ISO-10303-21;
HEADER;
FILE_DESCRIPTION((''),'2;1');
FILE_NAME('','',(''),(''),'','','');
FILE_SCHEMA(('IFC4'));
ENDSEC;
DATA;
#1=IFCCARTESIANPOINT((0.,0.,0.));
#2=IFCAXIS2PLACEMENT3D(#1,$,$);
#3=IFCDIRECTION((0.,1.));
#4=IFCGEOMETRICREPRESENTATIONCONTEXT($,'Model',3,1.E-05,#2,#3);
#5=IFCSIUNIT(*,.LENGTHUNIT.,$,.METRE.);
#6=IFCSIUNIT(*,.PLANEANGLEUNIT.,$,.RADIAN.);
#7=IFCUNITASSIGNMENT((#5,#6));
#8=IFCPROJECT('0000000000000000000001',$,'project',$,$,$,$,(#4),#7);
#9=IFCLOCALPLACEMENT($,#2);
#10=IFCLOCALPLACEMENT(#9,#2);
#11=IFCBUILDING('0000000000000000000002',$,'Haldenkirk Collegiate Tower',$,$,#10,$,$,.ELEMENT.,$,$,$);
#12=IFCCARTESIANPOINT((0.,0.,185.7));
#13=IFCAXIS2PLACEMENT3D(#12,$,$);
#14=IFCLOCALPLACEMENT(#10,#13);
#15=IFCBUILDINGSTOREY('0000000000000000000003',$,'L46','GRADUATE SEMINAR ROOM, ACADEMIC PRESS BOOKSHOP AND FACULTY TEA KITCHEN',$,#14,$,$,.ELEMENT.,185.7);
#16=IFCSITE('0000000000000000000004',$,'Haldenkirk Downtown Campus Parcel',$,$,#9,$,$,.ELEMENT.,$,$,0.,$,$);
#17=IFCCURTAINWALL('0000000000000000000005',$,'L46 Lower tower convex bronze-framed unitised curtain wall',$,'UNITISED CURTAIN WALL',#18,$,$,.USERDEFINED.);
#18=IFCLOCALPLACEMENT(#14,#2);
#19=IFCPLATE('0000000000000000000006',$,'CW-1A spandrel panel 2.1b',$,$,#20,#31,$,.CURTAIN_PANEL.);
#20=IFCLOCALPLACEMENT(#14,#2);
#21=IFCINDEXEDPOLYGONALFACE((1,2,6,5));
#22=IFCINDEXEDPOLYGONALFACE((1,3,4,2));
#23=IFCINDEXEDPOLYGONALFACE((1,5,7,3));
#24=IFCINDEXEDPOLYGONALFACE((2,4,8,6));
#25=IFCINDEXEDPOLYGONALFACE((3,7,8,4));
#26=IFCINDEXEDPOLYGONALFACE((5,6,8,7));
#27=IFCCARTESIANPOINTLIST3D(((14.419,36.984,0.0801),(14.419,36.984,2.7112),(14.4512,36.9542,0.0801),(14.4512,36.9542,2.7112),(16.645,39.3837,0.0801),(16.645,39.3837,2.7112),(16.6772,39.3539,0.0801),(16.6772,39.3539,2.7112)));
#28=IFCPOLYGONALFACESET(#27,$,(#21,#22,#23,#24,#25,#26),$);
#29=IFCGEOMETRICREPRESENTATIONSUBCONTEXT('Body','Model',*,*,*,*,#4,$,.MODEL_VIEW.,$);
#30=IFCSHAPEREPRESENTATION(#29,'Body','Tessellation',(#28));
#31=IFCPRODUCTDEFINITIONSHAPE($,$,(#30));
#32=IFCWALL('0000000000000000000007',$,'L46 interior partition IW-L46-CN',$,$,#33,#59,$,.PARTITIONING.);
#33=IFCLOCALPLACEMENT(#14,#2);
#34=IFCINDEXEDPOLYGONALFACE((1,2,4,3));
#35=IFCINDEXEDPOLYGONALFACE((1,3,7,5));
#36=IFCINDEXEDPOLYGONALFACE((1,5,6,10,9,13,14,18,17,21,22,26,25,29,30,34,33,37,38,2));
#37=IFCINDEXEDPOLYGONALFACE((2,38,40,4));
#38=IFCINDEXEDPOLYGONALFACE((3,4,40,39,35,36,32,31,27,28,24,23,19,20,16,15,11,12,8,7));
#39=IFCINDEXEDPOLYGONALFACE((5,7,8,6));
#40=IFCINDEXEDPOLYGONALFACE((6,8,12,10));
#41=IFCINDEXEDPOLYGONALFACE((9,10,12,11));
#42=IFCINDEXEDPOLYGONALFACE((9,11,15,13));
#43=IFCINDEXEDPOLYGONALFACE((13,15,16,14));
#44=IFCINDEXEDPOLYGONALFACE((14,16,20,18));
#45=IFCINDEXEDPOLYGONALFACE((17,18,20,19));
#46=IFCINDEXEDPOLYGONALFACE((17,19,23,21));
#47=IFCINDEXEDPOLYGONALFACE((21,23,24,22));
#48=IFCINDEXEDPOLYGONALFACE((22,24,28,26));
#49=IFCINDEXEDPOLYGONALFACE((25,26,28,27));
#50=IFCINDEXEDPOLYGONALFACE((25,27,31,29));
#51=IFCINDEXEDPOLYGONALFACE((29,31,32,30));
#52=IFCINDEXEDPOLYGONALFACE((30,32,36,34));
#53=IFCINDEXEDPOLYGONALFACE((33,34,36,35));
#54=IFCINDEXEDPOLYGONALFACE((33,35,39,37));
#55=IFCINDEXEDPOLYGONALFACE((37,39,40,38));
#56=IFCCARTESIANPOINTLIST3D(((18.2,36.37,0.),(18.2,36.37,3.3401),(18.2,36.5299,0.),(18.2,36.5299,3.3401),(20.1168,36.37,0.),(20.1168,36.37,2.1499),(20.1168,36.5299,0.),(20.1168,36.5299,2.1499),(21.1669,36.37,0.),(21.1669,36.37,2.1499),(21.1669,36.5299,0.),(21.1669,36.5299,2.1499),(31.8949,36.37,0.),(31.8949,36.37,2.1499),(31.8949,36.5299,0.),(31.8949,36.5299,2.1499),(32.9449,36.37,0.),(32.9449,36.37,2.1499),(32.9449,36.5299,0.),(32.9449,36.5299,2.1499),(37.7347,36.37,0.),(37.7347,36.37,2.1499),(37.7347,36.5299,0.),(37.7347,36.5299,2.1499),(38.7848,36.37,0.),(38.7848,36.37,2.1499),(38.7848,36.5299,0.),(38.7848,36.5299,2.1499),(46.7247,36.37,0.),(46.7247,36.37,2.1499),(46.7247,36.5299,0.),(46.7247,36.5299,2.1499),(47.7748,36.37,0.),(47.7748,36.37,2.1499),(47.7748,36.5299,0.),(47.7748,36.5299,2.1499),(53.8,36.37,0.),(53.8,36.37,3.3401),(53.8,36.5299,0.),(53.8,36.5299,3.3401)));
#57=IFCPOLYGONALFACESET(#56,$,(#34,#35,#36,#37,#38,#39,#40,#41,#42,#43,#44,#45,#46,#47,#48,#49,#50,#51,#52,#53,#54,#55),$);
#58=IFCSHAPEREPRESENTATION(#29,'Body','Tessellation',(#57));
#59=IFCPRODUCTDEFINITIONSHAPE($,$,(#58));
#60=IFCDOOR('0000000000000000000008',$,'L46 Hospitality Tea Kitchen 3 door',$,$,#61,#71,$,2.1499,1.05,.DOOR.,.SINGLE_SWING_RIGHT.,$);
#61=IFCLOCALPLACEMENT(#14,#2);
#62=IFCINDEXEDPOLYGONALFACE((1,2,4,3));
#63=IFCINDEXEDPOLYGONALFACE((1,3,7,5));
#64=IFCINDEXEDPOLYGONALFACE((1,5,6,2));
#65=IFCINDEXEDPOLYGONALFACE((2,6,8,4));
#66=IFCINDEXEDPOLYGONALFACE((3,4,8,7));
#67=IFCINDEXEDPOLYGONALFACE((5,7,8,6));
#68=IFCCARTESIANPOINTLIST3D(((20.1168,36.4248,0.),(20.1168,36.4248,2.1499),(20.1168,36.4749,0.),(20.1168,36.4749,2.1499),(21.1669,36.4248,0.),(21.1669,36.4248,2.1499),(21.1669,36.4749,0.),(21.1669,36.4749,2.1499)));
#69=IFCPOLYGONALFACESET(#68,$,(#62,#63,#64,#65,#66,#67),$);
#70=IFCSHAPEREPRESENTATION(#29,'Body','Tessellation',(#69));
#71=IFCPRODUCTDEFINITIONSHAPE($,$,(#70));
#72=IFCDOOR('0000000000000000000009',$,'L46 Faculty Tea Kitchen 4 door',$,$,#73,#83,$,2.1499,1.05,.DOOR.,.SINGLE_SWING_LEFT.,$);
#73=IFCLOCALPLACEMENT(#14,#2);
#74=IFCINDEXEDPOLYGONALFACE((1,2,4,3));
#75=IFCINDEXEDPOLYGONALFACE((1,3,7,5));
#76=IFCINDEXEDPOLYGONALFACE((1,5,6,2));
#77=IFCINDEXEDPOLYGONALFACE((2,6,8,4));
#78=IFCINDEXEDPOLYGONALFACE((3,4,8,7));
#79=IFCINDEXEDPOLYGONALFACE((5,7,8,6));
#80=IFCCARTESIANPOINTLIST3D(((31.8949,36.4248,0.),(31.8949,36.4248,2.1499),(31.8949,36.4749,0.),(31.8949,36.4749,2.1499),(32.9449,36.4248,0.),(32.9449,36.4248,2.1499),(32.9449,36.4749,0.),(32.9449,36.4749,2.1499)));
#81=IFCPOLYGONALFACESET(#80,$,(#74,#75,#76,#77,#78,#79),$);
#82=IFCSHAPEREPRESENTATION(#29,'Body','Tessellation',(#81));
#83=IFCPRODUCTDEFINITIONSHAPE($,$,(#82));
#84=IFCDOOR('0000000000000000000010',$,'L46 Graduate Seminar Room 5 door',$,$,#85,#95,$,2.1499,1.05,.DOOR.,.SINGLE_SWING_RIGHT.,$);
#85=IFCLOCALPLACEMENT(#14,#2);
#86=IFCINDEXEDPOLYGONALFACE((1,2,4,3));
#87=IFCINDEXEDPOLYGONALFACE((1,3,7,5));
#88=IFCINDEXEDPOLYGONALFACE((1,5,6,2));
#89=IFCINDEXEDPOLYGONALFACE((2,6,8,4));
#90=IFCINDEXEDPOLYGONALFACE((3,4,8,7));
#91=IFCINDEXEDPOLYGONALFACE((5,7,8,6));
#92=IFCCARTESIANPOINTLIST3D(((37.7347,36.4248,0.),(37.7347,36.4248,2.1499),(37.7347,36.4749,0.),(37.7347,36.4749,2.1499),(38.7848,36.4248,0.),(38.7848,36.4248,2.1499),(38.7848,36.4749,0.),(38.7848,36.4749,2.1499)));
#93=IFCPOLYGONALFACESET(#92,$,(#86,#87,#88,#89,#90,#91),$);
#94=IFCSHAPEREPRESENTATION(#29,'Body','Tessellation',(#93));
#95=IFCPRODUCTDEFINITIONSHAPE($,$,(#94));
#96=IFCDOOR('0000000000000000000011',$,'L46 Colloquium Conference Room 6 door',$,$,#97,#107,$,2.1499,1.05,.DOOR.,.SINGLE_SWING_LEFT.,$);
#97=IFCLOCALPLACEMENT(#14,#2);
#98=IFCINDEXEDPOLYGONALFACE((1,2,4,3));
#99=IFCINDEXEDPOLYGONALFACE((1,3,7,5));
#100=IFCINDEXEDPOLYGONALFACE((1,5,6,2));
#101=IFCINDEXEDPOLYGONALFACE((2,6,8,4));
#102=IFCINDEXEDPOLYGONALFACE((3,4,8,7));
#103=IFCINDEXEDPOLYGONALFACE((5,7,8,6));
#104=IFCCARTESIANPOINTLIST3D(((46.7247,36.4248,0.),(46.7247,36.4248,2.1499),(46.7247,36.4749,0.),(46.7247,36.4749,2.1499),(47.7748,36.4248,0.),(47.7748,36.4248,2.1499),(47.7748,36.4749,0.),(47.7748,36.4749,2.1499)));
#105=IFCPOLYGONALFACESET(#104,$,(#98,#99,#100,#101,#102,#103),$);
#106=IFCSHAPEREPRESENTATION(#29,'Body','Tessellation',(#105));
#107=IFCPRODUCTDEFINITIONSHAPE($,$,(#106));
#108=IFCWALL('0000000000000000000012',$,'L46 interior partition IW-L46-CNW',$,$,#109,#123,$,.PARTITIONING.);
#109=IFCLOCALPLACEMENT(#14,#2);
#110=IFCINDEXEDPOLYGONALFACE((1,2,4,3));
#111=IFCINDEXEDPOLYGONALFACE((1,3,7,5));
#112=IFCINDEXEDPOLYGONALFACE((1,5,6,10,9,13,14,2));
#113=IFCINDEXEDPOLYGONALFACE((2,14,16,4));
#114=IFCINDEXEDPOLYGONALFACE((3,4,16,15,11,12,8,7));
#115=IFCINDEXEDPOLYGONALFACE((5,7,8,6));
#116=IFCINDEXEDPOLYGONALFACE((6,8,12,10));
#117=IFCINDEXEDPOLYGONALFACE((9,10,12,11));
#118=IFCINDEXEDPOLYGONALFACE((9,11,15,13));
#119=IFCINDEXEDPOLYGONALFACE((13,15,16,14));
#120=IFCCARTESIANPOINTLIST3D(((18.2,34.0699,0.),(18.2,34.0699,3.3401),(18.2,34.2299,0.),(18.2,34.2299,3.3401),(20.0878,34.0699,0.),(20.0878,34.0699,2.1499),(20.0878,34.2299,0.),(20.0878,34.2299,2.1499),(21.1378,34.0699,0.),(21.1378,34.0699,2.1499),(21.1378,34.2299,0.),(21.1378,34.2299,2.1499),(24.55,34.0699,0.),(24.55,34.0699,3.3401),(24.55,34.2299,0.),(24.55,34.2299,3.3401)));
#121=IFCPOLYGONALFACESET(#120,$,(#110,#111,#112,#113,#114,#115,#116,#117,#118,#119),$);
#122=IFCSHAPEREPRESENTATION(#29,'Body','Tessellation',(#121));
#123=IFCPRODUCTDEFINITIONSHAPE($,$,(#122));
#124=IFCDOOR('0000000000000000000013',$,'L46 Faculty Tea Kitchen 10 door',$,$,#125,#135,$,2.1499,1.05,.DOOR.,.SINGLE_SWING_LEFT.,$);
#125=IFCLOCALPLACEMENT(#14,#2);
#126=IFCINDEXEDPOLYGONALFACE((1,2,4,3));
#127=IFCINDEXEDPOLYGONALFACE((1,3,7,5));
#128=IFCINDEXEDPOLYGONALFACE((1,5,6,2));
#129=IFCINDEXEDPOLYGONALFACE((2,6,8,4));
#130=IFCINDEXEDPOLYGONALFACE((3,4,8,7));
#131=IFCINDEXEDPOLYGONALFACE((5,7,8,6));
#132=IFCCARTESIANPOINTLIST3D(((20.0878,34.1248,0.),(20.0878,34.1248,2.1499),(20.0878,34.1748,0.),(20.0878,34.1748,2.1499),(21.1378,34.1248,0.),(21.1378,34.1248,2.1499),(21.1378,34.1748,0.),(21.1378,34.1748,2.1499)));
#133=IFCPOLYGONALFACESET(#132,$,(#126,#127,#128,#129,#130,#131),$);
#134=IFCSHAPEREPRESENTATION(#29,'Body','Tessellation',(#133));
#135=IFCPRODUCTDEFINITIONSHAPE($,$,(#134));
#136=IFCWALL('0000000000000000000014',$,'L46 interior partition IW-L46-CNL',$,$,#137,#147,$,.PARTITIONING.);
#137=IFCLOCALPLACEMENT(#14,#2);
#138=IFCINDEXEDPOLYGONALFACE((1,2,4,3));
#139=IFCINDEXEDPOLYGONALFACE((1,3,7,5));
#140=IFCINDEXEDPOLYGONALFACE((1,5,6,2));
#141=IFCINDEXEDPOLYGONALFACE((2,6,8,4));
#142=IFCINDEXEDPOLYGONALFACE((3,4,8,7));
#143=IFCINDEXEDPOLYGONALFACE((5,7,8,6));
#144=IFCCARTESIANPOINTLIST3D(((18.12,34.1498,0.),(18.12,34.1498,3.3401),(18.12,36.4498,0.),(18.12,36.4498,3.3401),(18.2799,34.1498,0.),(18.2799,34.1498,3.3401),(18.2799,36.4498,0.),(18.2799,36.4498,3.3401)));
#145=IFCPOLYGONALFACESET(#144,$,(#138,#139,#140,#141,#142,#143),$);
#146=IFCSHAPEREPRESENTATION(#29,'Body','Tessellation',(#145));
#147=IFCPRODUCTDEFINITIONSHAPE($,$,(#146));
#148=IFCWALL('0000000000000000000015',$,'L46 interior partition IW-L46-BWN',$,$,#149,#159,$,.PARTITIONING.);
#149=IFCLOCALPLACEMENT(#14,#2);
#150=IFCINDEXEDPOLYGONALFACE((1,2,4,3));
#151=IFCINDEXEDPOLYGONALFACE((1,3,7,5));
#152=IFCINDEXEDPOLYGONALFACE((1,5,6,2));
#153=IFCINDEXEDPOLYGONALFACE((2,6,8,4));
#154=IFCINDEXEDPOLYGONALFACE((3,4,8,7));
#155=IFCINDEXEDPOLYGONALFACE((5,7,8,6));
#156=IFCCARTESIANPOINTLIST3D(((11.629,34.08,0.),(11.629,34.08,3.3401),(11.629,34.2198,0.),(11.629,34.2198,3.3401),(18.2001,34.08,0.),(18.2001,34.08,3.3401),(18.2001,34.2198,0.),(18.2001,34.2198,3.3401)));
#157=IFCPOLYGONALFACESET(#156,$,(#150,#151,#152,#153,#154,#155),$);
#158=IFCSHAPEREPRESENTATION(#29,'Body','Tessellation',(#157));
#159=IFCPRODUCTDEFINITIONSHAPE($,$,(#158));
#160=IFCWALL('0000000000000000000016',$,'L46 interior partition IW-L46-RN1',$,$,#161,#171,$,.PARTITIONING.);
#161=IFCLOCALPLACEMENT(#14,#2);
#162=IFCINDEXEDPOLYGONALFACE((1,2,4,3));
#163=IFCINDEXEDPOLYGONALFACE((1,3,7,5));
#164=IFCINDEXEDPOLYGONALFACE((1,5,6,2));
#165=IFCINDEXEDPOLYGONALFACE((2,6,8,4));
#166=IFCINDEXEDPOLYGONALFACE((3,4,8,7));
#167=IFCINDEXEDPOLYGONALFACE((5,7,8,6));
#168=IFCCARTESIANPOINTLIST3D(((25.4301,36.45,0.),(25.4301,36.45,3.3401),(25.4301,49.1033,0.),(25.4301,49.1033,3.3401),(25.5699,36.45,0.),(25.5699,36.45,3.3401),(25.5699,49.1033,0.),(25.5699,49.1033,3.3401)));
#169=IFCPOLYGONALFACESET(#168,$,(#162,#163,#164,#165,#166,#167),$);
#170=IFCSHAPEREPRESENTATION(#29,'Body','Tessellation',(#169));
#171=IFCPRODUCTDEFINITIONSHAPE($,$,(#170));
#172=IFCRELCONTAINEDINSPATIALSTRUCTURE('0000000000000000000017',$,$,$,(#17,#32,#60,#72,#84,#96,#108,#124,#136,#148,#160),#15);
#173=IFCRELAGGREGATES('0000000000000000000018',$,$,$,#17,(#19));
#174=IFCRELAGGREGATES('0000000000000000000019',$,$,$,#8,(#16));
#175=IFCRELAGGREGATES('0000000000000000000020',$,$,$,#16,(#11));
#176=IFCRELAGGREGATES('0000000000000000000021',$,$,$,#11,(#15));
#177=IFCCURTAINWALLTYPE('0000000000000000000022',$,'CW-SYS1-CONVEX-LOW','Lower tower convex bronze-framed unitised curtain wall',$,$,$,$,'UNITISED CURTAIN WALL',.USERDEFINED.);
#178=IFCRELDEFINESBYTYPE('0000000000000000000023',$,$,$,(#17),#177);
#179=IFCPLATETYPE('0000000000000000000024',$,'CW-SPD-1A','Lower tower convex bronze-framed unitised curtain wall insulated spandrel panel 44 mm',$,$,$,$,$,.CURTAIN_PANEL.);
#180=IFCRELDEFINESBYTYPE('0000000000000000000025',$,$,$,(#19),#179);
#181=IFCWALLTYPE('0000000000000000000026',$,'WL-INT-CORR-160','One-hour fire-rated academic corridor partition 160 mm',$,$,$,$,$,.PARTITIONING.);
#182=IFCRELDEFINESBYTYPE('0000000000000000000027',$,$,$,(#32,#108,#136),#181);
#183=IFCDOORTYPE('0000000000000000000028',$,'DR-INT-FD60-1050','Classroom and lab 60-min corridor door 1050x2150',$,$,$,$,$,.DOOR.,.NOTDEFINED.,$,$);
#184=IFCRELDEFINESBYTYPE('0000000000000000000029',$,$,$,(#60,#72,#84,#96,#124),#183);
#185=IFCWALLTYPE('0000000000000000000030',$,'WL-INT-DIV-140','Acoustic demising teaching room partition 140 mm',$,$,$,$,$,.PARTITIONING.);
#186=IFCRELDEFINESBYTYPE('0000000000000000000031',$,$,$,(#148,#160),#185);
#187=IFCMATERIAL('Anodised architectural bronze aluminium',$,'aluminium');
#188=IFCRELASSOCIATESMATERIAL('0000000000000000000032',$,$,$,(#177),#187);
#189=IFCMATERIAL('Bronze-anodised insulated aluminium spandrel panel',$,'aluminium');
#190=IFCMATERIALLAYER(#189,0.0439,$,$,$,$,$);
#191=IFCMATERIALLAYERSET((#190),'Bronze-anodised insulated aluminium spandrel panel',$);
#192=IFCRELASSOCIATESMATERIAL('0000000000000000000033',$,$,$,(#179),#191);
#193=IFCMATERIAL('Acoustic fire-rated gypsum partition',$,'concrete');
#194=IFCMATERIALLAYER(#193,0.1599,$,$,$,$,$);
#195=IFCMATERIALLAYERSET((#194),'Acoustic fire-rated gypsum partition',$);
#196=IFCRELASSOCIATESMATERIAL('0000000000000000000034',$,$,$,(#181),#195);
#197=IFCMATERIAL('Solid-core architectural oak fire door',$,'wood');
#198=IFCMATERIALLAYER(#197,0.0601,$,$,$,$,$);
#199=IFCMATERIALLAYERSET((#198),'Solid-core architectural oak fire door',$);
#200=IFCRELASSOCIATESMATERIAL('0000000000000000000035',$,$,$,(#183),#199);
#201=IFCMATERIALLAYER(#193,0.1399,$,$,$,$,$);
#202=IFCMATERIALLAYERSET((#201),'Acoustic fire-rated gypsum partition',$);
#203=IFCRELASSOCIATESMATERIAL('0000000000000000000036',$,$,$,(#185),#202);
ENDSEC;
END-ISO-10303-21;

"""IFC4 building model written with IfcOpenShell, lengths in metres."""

from ifc_helpers import new_model, si_unit, direction, frame, frame_2d, origin, origin_2d, place, context, subcontext, project, spatial, rectangle, extrude, source, transform, mapped, material, layer, layer_set, type_object, element, fill, aggregate, save


model = new_model("IFC4")

# Units and contexts
model_context = context("Model", 3, precision=1e-05, world=origin(), true_north=direction((0.0, 1.0)))
body_context = subcontext(model_context, "Body", "Model", "MODEL_VIEW")
ifc_project = project(units=[si_unit("LENGTHUNIT", "METRE"), si_unit("PLANEANGLEUNIT", "RADIAN")], contexts=[model_context])

# Site, building, storey
site_placement = place(None, origin())
site = spatial("IfcSite", under=ifc_project, at=site_placement, Name="Haldenkirk Downtown Campus Parcel", CompositionType="ELEMENT", RefElevation=0.0)
building_placement = place(site_placement, origin())
building = spatial("IfcBuilding", under=site, at=building_placement, Name="Haldenkirk Collegiate Tower", CompositionType="ELEMENT")
storey_placement = place(building_placement, frame((0.0, 0.0, 185.7)))
storey = spatial("IfcBuildingStorey", under=building, at=storey_placement, Name="L46", Description="GRADUATE SEMINAR ROOM, ACADEMIC PRESS BOOKSHOP AND FACULTY TEA KITCHEN", CompositionType="ELEMENT", Elevation=185.7)

# Curtain wall, plate
ifc_material_1 = material(Name="Anodised architectural bronze aluminium", Category="aluminium")
curtain_wall_type = type_object("IfcCurtainWallType", Name="CW-SYS1-CONVEX-LOW", Description="Lower tower convex bronze-framed unitised curtain wall", ElementType="UNITISED CURTAIN WALL", PredefinedType="USERDEFINED", material=ifc_material_1)
curtain_wall_placement = place(storey_placement, origin())
curtain_wall = element("IfcCurtainWall", 1, at=curtain_wall_placement, inside=storey, type_object=curtain_wall_type, Name="L46 Lower tower convex bronze-framed unitised curtain wall", ObjectType="UNITISED CURTAIN WALL", PredefinedType="USERDEFINED")
ifc_material_2 = material(Name="Bronze-anodised insulated aluminium spandrel panel", Category="aluminium")
ifc_layer_1 = layer(ifc_material_2, 0.0439)
ifc_layer_set_1 = layer_set([ifc_layer_1], Name="Bronze-anodised insulated aluminium spandrel panel")
plate_type = type_object("IfcPlateType", Name="CW-SPD-1A", Description="Lower tower convex bronze-framed unitised curtain wall insulated spandrel panel 44 mm", PredefinedType="CURTAIN_PANEL", material=ifc_layer_set_1)
shared_shape_1 = source(origin(), body_context, "Body", "SweptSolid", [
    extrude(rectangle(XDim=3.2732, YDim=0.0439, at=origin_2d()), origin(), (0.0, 0.0, 1.0), 2.6311),
])
plate_1_placement = place(storey_placement, frame((15.5481, 38.1689, 0.0801), z_axis=(0.0, 0.0, 1.0), x_axis=(0.68008, 0.733138, 0.0)))
plate_1 = element("IfcPlate", 2, at=plate_1_placement, type_object=plate_type, Name="CW-1A spandrel panel 2.1b", PredefinedType="CURTAIN_PANEL", context=body_context, shape_type="MappedRepresentation", body=[
    mapped(shared_shape_1, transform((0.0, 0.0, 0.0), x_axis=(1.0, 0.0, 0.0), y_axis=(0.0, 1.0, 0.0), z_axis=(0.0, 0.0, 1.0), scale=1.0)),
])
aggregate(curtain_wall, [plate_1])

# Wall, openings, doors
ifc_material_3 = material(Name="Acoustic fire-rated gypsum partition", Category="concrete")
ifc_layer_2 = layer(ifc_material_3, 0.1599)
ifc_layer_set_2 = layer_set([ifc_layer_2], Name="Acoustic fire-rated gypsum partition")
wall_type_1 = type_object("IfcWallType", Name="WL-INT-CORR-160", Description="One-hour fire-rated academic corridor partition 160 mm", PredefinedType="PARTITIONING", material=ifc_layer_set_2)
wall_1_placement = place(storey_placement, frame((18.2, 36.45, 0.0), z_axis=(0.0, 0.0, 1.0), x_axis=(1.0, 0.0, 0.0)))
wall_1 = element("IfcWall", 3, at=wall_1_placement, inside=storey, type_object=wall_type_1, Name="L46 interior partition IW-L46-CN", PredefinedType="PARTITIONING", context=body_context, shape_type="SweptSolid", body=[
    extrude(rectangle(XDim=35.6001, YDim=0.1599, at=frame_2d((17.8, 0.0))), origin(), (0.0, 0.0, 1.0), 3.3401),
])
opening_1_placement = place(wall_1_placement, frame((1.917, 0.0, 0.0)))
opening_1 = element("IfcOpeningElement", 4, at=opening_1_placement, cuts=wall_1, PredefinedType="OPENING", context=body_context, shape_type="SweptSolid", body=[
    extrude(rectangle(XDim=1.05, YDim=2.1499, at=frame_2d((0.5249, 1.075))), frame((0.0, 0.0898, 0.0), z_axis=(0.0, -1.0, 0.0), x_axis=(1.0, 0.0, 0.0)), (0.0, 0.0, 1.0), 0.1799),
])
opening_2_placement = place(wall_1_placement, frame((13.6951, 0.0, 0.0)))
opening_2 = element("IfcOpeningElement", 5, at=opening_2_placement, cuts=wall_1, PredefinedType="OPENING", context=body_context, shape_type="SweptSolid", body=[
    extrude(rectangle(XDim=1.05, YDim=2.1499, at=frame_2d((0.5249, 1.075))), frame((0.0, 0.0898, 0.0), z_axis=(0.0, -1.0, 0.0), x_axis=(1.0, 0.0, 0.0)), (0.0, 0.0, 1.0), 0.1799),
])
opening_3_placement = place(wall_1_placement, frame((19.5349, 0.0, 0.0)))
opening_3 = element("IfcOpeningElement", 6, at=opening_3_placement, cuts=wall_1, PredefinedType="OPENING", context=body_context, shape_type="SweptSolid", body=[
    extrude(rectangle(XDim=1.05, YDim=2.1499, at=frame_2d((0.5249, 1.075))), frame((0.0, 0.0898, 0.0), z_axis=(0.0, -1.0, 0.0), x_axis=(1.0, 0.0, 0.0)), (0.0, 0.0, 1.0), 0.1799),
])
opening_4_placement = place(wall_1_placement, frame((28.5249, 0.0, 0.0)))
opening_4 = element("IfcOpeningElement", 7, at=opening_4_placement, cuts=wall_1, PredefinedType="OPENING", context=body_context, shape_type="SweptSolid", body=[
    extrude(rectangle(XDim=1.05, YDim=2.1499, at=frame_2d((0.5249, 1.075))), frame((0.0, 0.0898, 0.0), z_axis=(0.0, -1.0, 0.0), x_axis=(1.0, 0.0, 0.0)), (0.0, 0.0, 1.0), 0.1799),
])
ifc_material_4 = material(Name="Solid-core architectural oak fire door", Category="wood")
ifc_layer_3 = layer(ifc_material_4, 0.0601)
ifc_layer_set_3 = layer_set([ifc_layer_3], Name="Solid-core architectural oak fire door")
door_type_1 = type_object("IfcDoorType", Name="DR-INT-FD60-1050", Description="Classroom and lab 60-min corridor door 1050x2150", OperationType="NOTDEFINED", PredefinedType="DOOR", material=ifc_layer_set_3)
door_1_placement = place(opening_1_placement, origin())
door_1 = element("IfcDoor", 8, at=door_1_placement, inside=storey, type_object=door_type_1, Name="L46 Hospitality Tea Kitchen 3 door", OperationType="SINGLE_SWING_RIGHT", OverallHeight=2.1499, OverallWidth=1.05, PredefinedType="DOOR", context=body_context, shape_type="SweptSolid", body=[
    extrude(rectangle(XDim=1.05, YDim=2.1499, at=frame_2d((0.5249, 1.075))), frame((0.0, 0.0249, 0.0), z_axis=(0.0, -1.0, 0.0), x_axis=(1.0, 0.0, 0.0)), (0.0, 0.0, 1.0), 0.05),
])
fill(opening_1, door_1)
door_2_placement = place(opening_2_placement, origin())
door_2 = element("IfcDoor", 9, at=door_2_placement, inside=storey, type_object=door_type_1, Name="L46 Faculty Tea Kitchen 4 door", OperationType="SINGLE_SWING_LEFT", OverallHeight=2.1499, OverallWidth=1.05, PredefinedType="DOOR", context=body_context, shape_type="SweptSolid", body=[
    extrude(rectangle(XDim=1.05, YDim=2.1499, at=frame_2d((0.5249, 1.075))), frame((0.0, 0.0249, 0.0), z_axis=(0.0, -1.0, 0.0), x_axis=(1.0, 0.0, 0.0)), (0.0, 0.0, 1.0), 0.05),
])
fill(opening_2, door_2)
door_3_placement = place(opening_3_placement, origin())
door_3 = element("IfcDoor", 10, at=door_3_placement, inside=storey, type_object=door_type_1, Name="L46 Graduate Seminar Room 5 door", OperationType="SINGLE_SWING_RIGHT", OverallHeight=2.1499, OverallWidth=1.05, PredefinedType="DOOR", context=body_context, shape_type="SweptSolid", body=[
    extrude(rectangle(XDim=1.05, YDim=2.1499, at=frame_2d((0.5249, 1.075))), frame((0.0, 0.0249, 0.0), z_axis=(0.0, -1.0, 0.0), x_axis=(1.0, 0.0, 0.0)), (0.0, 0.0, 1.0), 0.05),
])
fill(opening_3, door_3)
door_4_placement = place(opening_4_placement, origin())
door_4 = element("IfcDoor", 11, at=door_4_placement, inside=storey, type_object=door_type_1, Name="L46 Colloquium Conference Room 6 door", OperationType="SINGLE_SWING_LEFT", OverallHeight=2.1499, OverallWidth=1.05, PredefinedType="DOOR", context=body_context, shape_type="SweptSolid", body=[
    extrude(rectangle(XDim=1.05, YDim=2.1499, at=frame_2d((0.5249, 1.075))), frame((0.0, 0.0249, 0.0), z_axis=(0.0, -1.0, 0.0), x_axis=(1.0, 0.0, 0.0)), (0.0, 0.0, 1.0), 0.05),
])
fill(opening_4, door_4)

# Wall, opening, door
wall_2_placement = place(storey_placement, frame((18.2, 34.1499, 0.0), z_axis=(0.0, 0.0, 1.0), x_axis=(1.0, 0.0, 0.0)))
wall_2 = element("IfcWall", 12, at=wall_2_placement, inside=storey, type_object=wall_type_1, Name="L46 interior partition IW-L46-CNW", PredefinedType="PARTITIONING", context=body_context, shape_type="SweptSolid", body=[
    extrude(rectangle(XDim=6.3501, YDim=0.1599, at=frame_2d((3.175, 0.0))), origin(), (0.0, 0.0, 1.0), 3.3401),
])
opening_5_placement = place(wall_2_placement, frame((1.8879, 0.0, 0.0)))
opening_5 = element("IfcOpeningElement", 13, at=opening_5_placement, cuts=wall_2, PredefinedType="OPENING", context=body_context, shape_type="SweptSolid", body=[
    extrude(rectangle(XDim=1.05, YDim=2.1499, at=frame_2d((0.5249, 1.075))), frame((0.0, 0.0898, 0.0), z_axis=(0.0, -1.0, 0.0), x_axis=(1.0, 0.0, 0.0)), (0.0, 0.0, 1.0), 0.1799),
])
door_5_placement = place(opening_5_placement, origin())
door_5 = element("IfcDoor", 14, at=door_5_placement, inside=storey, type_object=door_type_1, Name="L46 Faculty Tea Kitchen 10 door", OperationType="SINGLE_SWING_LEFT", OverallHeight=2.1499, OverallWidth=1.05, PredefinedType="DOOR", context=body_context, shape_type="SweptSolid", body=[
    extrude(rectangle(XDim=1.05, YDim=2.1499, at=frame_2d((0.5249, 1.075))), frame((0.0, 0.0249, 0.0), z_axis=(0.0, -1.0, 0.0), x_axis=(1.0, 0.0, 0.0)), (0.0, 0.0, 1.0), 0.05),
])
fill(opening_5, door_5)

# Walls
wall_3_placement = place(storey_placement, frame((18.2, 34.1499, 0.0), z_axis=(0.0, 0.0, 1.0), x_axis=(0.0, 1.0, 0.0)))
element("IfcWall", 15, at=wall_3_placement, inside=storey, type_object=wall_type_1, Name="L46 interior partition IW-L46-CNL", PredefinedType="PARTITIONING", context=body_context, shape_type="SweptSolid", body=[
    extrude(rectangle(XDim=2.3, YDim=0.1599, at=frame_2d((1.1499, 0.0))), origin(), (0.0, 0.0, 1.0), 3.3401),
])
ifc_layer_4 = layer(ifc_material_3, 0.1399)
ifc_layer_set_4 = layer_set([ifc_layer_4], Name="Acoustic fire-rated gypsum partition")
wall_type_2 = type_object("IfcWallType", Name="WL-INT-DIV-140", Description="Acoustic demising teaching room partition 140 mm", PredefinedType="PARTITIONING", material=ifc_layer_set_4)
wall_4_placement = place(storey_placement, frame((11.6289, 34.1499, 0.0), z_axis=(0.0, 0.0, 1.0), x_axis=(1.0, 0.0, 0.0)))
element("IfcWall", 16, at=wall_4_placement, inside=storey, type_object=wall_type_2, Name="L46 interior partition IW-L46-BWN", PredefinedType="PARTITIONING", context=body_context, shape_type="SweptSolid", body=[
    extrude(rectangle(XDim=6.571, YDim=0.1399, at=frame_2d((3.2856, 0.0))), origin(), (0.0, 0.0, 1.0), 3.3401),
])
wall_5_placement = place(storey_placement, frame((25.5, 36.45, 0.0), z_axis=(0.0, 0.0, 1.0), x_axis=(0.0, 1.0, 0.0)))
element("IfcWall", 17, at=wall_5_placement, inside=storey, type_object=wall_type_2, Name="L46 interior partition IW-L46-RN1", PredefinedType="PARTITIONING", context=body_context, shape_type="SweptSolid", body=[
    extrude(rectangle(XDim=12.6533, YDim=0.1399, at=frame_2d((6.3267, 0.0))), origin(), (0.0, 0.0, 1.0), 3.3401),
])

save(model, "model.ifc")
